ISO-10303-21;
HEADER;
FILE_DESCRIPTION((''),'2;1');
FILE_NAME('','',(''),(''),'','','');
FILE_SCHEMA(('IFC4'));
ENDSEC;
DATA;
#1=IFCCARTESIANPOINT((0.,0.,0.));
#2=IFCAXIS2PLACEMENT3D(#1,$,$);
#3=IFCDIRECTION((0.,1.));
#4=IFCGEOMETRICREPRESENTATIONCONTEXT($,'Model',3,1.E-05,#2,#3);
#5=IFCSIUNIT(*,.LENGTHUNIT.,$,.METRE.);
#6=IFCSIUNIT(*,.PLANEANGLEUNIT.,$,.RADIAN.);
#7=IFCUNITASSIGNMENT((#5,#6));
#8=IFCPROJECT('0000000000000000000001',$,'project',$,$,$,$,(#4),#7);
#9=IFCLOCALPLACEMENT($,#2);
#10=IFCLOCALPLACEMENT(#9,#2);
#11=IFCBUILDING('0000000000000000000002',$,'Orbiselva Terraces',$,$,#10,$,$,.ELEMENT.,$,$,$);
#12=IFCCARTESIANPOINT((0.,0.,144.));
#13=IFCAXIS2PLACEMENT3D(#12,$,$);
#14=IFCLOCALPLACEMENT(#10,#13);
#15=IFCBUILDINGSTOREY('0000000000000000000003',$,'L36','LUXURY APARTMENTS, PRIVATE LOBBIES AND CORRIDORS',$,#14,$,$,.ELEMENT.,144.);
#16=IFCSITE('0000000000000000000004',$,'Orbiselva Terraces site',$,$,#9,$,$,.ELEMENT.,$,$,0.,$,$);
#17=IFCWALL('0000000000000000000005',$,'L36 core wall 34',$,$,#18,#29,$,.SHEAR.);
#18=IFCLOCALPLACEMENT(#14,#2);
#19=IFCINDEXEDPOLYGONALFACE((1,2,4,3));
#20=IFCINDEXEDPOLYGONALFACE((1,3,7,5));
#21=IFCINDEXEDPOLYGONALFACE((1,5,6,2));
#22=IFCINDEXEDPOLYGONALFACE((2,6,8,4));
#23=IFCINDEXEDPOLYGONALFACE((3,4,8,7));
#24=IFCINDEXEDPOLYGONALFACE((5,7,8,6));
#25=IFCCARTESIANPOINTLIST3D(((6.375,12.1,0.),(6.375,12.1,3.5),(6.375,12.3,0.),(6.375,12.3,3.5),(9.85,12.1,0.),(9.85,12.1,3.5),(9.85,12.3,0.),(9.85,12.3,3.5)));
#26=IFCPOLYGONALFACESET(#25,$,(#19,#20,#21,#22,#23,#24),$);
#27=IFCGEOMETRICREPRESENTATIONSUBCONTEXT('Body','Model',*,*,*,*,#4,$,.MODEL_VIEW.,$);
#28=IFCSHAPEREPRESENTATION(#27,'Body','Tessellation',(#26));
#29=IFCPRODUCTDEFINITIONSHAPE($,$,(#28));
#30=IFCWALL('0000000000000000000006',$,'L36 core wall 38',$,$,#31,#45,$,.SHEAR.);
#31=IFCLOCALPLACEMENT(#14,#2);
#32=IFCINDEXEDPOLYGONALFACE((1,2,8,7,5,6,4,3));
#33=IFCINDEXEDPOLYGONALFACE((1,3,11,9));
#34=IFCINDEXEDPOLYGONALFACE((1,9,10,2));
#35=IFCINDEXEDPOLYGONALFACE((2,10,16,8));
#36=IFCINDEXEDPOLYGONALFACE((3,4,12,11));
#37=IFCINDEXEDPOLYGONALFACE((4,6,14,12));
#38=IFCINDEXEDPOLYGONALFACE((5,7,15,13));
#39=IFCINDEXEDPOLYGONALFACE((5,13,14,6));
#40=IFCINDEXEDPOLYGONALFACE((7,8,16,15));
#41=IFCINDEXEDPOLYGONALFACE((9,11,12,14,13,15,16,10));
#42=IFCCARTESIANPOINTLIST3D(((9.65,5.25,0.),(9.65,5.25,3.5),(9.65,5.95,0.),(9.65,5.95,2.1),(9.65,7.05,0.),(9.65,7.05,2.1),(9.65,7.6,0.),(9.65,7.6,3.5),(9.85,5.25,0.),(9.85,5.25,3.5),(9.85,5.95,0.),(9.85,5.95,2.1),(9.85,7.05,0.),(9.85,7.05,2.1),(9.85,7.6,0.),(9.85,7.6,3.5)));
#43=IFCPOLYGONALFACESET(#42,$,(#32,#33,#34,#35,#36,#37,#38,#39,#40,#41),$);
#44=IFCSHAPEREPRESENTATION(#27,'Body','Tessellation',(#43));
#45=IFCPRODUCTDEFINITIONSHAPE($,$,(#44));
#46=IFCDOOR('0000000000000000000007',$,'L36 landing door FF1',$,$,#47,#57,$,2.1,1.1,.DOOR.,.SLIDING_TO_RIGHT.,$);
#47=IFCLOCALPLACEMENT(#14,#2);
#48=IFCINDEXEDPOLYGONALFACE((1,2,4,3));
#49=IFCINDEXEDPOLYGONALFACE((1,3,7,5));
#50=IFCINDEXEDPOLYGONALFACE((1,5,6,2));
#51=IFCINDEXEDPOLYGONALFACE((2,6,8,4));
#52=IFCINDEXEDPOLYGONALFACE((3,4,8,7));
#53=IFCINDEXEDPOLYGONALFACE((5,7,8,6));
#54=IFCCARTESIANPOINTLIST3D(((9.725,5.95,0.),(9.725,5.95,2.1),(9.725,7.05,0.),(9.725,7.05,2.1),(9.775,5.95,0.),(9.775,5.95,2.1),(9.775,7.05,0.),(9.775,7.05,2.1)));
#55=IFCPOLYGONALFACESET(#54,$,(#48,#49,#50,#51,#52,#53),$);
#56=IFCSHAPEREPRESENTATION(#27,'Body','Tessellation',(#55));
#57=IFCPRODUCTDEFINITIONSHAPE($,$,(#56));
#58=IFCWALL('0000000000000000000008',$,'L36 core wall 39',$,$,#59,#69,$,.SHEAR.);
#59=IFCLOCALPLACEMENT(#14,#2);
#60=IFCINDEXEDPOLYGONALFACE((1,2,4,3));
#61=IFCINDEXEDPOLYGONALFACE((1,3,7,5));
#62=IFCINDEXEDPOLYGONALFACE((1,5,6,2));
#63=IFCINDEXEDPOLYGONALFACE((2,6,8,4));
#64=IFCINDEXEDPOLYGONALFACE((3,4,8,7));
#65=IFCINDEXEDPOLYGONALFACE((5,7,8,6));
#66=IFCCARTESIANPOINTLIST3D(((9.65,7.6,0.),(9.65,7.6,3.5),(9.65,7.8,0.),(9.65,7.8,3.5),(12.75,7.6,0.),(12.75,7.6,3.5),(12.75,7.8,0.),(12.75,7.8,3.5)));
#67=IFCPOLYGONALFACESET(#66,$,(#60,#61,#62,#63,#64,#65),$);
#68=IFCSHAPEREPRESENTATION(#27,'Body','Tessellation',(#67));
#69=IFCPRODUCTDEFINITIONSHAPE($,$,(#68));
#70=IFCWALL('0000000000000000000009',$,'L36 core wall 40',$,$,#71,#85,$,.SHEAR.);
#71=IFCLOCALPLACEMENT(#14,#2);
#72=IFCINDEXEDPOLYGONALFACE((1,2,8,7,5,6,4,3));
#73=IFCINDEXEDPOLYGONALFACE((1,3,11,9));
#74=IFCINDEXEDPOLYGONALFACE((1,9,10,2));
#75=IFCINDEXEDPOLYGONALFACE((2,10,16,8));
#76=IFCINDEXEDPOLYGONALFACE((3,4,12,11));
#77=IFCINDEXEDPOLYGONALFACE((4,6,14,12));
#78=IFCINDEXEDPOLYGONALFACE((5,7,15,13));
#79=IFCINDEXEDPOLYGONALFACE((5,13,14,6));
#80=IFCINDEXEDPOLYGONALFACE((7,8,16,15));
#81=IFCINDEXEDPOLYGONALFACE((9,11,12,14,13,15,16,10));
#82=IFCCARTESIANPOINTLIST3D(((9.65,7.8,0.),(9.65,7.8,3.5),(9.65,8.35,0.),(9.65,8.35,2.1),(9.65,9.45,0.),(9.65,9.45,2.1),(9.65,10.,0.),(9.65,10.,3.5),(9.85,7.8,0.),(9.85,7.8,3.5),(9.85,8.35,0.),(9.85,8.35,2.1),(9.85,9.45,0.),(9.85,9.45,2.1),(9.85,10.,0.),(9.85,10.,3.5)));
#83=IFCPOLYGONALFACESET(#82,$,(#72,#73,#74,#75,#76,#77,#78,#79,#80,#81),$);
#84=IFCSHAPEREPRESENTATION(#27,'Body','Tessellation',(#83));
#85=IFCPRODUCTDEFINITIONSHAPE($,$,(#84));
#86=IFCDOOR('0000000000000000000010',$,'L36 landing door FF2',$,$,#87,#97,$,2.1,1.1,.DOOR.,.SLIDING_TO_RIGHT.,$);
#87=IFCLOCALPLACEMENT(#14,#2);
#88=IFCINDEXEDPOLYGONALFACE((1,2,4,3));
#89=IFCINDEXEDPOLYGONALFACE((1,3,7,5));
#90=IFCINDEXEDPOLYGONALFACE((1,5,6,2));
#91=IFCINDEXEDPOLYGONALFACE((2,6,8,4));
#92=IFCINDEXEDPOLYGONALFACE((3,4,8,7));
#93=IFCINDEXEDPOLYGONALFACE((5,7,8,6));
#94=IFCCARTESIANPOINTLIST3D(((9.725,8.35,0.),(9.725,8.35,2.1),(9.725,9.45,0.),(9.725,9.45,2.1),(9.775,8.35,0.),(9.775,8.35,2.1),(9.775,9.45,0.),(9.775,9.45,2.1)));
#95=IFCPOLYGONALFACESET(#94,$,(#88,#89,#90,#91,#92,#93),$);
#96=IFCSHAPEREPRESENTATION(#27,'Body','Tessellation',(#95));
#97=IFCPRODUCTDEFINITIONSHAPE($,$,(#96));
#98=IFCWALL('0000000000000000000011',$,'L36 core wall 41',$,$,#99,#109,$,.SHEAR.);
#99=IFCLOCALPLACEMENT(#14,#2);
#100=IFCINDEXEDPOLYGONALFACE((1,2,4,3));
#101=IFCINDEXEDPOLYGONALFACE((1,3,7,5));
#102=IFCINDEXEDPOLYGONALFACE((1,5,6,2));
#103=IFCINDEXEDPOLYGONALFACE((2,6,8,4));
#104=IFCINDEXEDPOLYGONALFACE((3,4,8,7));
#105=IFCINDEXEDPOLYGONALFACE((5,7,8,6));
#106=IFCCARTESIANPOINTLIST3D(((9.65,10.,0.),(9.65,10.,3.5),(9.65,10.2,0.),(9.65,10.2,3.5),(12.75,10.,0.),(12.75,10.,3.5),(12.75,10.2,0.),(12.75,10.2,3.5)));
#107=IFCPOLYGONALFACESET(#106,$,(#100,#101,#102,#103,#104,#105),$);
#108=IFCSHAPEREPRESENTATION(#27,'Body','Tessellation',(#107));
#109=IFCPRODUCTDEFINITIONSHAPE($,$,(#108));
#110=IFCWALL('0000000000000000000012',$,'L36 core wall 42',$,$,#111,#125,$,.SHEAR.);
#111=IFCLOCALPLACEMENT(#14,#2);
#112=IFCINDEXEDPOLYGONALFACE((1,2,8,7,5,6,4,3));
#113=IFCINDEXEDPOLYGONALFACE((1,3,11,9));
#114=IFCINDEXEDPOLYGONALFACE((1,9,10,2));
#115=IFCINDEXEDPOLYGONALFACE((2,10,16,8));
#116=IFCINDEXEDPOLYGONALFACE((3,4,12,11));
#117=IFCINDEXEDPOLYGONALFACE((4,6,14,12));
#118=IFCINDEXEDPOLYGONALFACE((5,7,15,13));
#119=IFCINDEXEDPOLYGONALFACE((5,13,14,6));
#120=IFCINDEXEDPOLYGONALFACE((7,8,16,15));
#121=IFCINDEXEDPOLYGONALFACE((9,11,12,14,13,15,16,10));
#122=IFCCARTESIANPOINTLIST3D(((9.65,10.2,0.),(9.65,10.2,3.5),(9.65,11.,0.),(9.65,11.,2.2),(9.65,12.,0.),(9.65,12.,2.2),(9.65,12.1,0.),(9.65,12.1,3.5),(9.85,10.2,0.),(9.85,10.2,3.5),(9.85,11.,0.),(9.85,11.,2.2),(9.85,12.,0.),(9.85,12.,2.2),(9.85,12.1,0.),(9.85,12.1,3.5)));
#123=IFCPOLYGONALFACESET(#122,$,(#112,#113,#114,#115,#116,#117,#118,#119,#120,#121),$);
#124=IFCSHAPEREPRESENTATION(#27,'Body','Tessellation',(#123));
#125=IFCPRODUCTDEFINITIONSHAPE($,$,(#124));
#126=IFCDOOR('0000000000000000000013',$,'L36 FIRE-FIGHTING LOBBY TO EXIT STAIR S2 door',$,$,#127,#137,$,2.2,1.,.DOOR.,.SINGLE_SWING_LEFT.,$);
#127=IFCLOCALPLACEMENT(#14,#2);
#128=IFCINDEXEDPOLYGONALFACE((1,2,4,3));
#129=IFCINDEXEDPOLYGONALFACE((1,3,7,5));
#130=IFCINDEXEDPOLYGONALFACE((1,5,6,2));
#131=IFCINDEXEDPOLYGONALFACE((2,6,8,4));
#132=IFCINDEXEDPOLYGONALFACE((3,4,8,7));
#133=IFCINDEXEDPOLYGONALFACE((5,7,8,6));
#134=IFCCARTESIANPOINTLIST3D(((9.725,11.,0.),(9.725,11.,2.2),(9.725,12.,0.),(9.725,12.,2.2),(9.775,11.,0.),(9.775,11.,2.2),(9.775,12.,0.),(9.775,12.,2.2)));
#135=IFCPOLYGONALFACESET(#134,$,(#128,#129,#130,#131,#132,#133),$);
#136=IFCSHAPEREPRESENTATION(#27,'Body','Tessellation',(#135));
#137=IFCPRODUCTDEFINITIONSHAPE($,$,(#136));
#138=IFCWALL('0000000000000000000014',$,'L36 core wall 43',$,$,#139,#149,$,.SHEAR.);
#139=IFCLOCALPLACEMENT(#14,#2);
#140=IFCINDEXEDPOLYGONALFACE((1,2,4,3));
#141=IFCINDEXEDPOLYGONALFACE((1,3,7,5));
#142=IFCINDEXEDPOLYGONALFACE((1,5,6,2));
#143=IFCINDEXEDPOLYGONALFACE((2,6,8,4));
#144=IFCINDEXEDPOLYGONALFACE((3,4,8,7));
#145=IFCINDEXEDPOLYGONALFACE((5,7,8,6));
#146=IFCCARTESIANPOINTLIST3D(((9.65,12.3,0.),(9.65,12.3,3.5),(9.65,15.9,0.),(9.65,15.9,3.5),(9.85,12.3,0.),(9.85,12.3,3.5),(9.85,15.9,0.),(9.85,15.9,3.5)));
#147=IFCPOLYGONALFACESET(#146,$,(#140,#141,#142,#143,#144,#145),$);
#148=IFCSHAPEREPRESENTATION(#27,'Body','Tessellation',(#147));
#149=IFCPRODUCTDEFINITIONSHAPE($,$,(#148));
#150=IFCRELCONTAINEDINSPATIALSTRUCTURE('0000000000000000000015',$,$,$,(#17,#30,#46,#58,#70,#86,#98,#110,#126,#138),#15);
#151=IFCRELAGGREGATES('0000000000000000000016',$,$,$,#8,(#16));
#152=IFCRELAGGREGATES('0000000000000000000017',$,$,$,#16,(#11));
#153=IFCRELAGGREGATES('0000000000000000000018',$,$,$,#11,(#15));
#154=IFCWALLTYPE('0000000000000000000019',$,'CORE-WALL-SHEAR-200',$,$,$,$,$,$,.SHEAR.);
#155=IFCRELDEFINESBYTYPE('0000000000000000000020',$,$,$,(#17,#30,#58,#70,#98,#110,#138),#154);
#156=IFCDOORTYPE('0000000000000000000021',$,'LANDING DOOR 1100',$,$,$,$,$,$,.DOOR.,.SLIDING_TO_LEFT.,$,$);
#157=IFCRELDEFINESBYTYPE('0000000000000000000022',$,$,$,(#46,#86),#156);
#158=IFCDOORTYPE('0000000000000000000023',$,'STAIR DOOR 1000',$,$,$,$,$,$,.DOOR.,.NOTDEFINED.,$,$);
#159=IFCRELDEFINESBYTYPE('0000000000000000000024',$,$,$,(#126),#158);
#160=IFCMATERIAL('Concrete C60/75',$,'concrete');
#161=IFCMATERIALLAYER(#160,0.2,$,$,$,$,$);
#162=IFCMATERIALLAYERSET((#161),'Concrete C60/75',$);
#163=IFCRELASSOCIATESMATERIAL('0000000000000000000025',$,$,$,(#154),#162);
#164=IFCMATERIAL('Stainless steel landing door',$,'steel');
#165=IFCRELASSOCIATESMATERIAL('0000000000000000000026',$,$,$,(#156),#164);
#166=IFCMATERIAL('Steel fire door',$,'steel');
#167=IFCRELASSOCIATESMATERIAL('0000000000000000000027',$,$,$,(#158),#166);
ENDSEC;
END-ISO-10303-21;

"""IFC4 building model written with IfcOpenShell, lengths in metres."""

from ifc_helpers import new_model, si_unit, direction, frame, frame_2d, origin, place, context, subcontext, project, spatial, rectangle, extrude, material, layer, layer_set, type_object, element, fill, save


model = new_model("IFC4")

# Units and contexts
model_context = context("Model", 3, precision=1e-05, world=origin(), true_north=direction((0.0, 1.0)))
body_context = subcontext(model_context, "Body", "Model", "MODEL_VIEW")
ifc_project = project(units=[si_unit("LENGTHUNIT", "METRE"), si_unit("PLANEANGLEUNIT", "RADIAN")], contexts=[model_context])

# Site, building, storey
site_placement = place(None, origin())
site = spatial("IfcSite", under=ifc_project, at=site_placement, Name="Orbiselva Terraces site", CompositionType="ELEMENT", RefElevation=0.0)
building_placement = place(site_placement, origin())
building = spatial("IfcBuilding", under=site, at=building_placement, Name="Orbiselva Terraces", CompositionType="ELEMENT")
storey_placement = place(building_placement, frame((0.0, 0.0, 144.0)))
storey = spatial("IfcBuildingStorey", under=building, at=storey_placement, Name="L36", Description="LUXURY APARTMENTS, PRIVATE LOBBIES AND CORRIDORS", CompositionType="ELEMENT", Elevation=144.0)

# Shared definitions
ifc_material_1 = material(Name="Steel fire door", Category="steel")

# Shared definitions
ifc_material_2 = material(Name="Concrete C60/75", Category="concrete")
ifc_layer_1 = layer(ifc_material_2, 0.2)
ifc_layer_set_1 = layer_set([ifc_layer_1], Name="Concrete C60/75")
wall_type_1 = type_object("IfcWallType", Name="CORE-WALL-SHEAR-200", PredefinedType="SHEAR", material=ifc_layer_set_1)

# Wall
wall_1_placement = place(storey_placement, frame((6.375, 12.2, 0.0), z_axis=(0.0, 0.0, 1.0), x_axis=(1.0, 0.0, 0.0)))
element("IfcWall", 1, at=wall_1_placement, inside=storey, type_object=wall_type_1, Name="L36 core wall 34", PredefinedType="SHEAR", context=body_context, shape_type="SweptSolid", body=[
    extrude(rectangle(XDim=3.475, YDim=0.2, at=frame_2d((1.7375, 0.0))), origin(), (0.0, 0.0, 1.0), 3.5),
])

# Wall, opening, door
wall_2_placement = place(storey_placement, frame((9.75, 5.25, 0.0), z_axis=(0.0, 0.0, 1.0), x_axis=(0.0, 1.0, 0.0)))
wall_2 = element("IfcWall", 2, at=wall_2_placement, inside=storey, type_object=wall_type_1, Name="L36 core wall 38", PredefinedType="SHEAR", context=body_context, shape_type="SweptSolid", body=[
    extrude(rectangle(XDim=2.35, YDim=0.2, at=frame_2d((1.175, 0.0))), origin(), (0.0, 0.0, 1.0), 3.5),
])
opening_1_placement = place(wall_2_placement, frame((0.7, 0.0, 0.0)))
opening_1 = element("IfcOpeningElement", 3, at=opening_1_placement, cuts=wall_2, PredefinedType="OPENING", context=body_context, shape_type="SweptSolid", body=[
    extrude(rectangle(XDim=1.1, YDim=2.1, at=frame_2d((0.55, 1.05))), frame((0.0, 0.11, 0.0), z_axis=(0.0, -1.0, 0.0), x_axis=(1.0, 0.0, 0.0)), (0.0, 0.0, 1.0), 0.22),
])
ifc_material_3 = material(Name="Stainless steel landing door", Category="steel")
door_type_1 = type_object("IfcDoorType", Name="LANDING DOOR 1100", OperationType="SLIDING_TO_LEFT", PredefinedType="DOOR", material=ifc_material_3)
door_1_placement = place(opening_1_placement, origin())
door_1 = element("IfcDoor", 4, at=door_1_placement, inside=storey, type_object=door_type_1, Name="L36 landing door FF1", OperationType="SLIDING_TO_RIGHT", OverallHeight=2.1, OverallWidth=1.1, PredefinedType="DOOR", context=body_context, shape_type="SweptSolid", body=[
    extrude(rectangle(XDim=1.1, YDim=2.1, at=frame_2d((0.55, 1.05))), frame((0.0, 0.025, 0.0), z_axis=(0.0, -1.0, 0.0), x_axis=(1.0, 0.0, 0.0)), (0.0, 0.0, 1.0), 0.05),
])
fill(opening_1, door_1)

# Wall
wall_3_placement = place(storey_placement, frame((9.65, 7.7, 0.0), z_axis=(0.0, 0.0, 1.0), x_axis=(1.0, 0.0, 0.0)))
element("IfcWall", 5, at=wall_3_placement, inside=storey, type_object=wall_type_1, Name="L36 core wall 39", PredefinedType="SHEAR", context=body_context, shape_type="SweptSolid", body=[
    extrude(rectangle(XDim=3.1, YDim=0.2, at=frame_2d((1.55, 0.0))), origin(), (0.0, 0.0, 1.0), 3.5),
])

# Wall, opening, door
wall_4_placement = place(storey_placement, frame((9.75, 7.8, 0.0), z_axis=(0.0, 0.0, 1.0), x_axis=(0.0, 1.0, 0.0)))
wall_4 = element("IfcWall", 6, at=wall_4_placement, inside=storey, type_object=wall_type_1, Name="L36 core wall 40", PredefinedType="SHEAR", context=body_context, shape_type="SweptSolid", body=[
    extrude(rectangle(XDim=2.2, YDim=0.2, at=frame_2d((1.1, 0.0))), origin(), (0.0, 0.0, 1.0), 3.5),
])
opening_2_placement = place(wall_4_placement, frame((0.55, 0.0, 0.0)))
opening_2 = element("IfcOpeningElement", 7, at=opening_2_placement, cuts=wall_4, PredefinedType="OPENING", context=body_context, shape_type="SweptSolid", body=[
    extrude(rectangle(XDim=1.1, YDim=2.1, at=frame_2d((0.55, 1.05))), frame((0.0, 0.11, 0.0), z_axis=(0.0, -1.0, 0.0), x_axis=(1.0, 0.0, 0.0)), (0.0, 0.0, 1.0), 0.22),
])
door_2_placement = place(opening_2_placement, origin())
door_2 = element("IfcDoor", 8, at=door_2_placement, inside=storey, type_object=door_type_1, Name="L36 landing door FF2", OperationType="SLIDING_TO_RIGHT", OverallHeight=2.1, OverallWidth=1.1, PredefinedType="DOOR", context=body_context, shape_type="SweptSolid", body=[
    extrude(rectangle(XDim=1.1, YDim=2.1, at=frame_2d((0.55, 1.05))), frame((0.0, 0.025, 0.0), z_axis=(0.0, -1.0, 0.0), x_axis=(1.0, 0.0, 0.0)), (0.0, 0.0, 1.0), 0.05),
])
fill(opening_2, door_2)

# Wall
wall_5_placement = place(storey_placement, frame((9.65, 10.1, 0.0), z_axis=(0.0, 0.0, 1.0), x_axis=(1.0, 0.0, 0.0)))
element("IfcWall", 9, at=wall_5_placement, inside=storey, type_object=wall_type_1, Name="L36 core wall 41", PredefinedType="SHEAR", context=body_context, shape_type="SweptSolid", body=[
    extrude(rectangle(XDim=3.1, YDim=0.2, at=frame_2d((1.55, 0.0))), origin(), (0.0, 0.0, 1.0), 3.5),
])

# Wall, opening, door
wall_6_placement = place(storey_placement, frame((9.75, 12.1, 0.0), z_axis=(0.0, 0.0, 1.0), x_axis=(0.0, -1.0, 0.0)))
wall_6 = element("IfcWall", 10, at=wall_6_placement, inside=storey, type_object=wall_type_1, Name="L36 core wall 42", PredefinedType="SHEAR", context=body_context, shape_type="SweptSolid", body=[
    extrude(rectangle(XDim=1.9, YDim=0.2, at=frame_2d((0.95, 0.0))), origin(), (0.0, 0.0, 1.0), 3.5),
])
opening_3_placement = place(wall_6_placement, frame((0.1, 0.0, 0.0)))
opening_3 = element("IfcOpeningElement", 11, at=opening_3_placement, cuts=wall_6, PredefinedType="OPENING", context=body_context, shape_type="SweptSolid", body=[
    extrude(rectangle(XDim=1.0, YDim=2.2, at=frame_2d((0.5, 1.1))), frame((0.0, 0.11, 0.0), z_axis=(0.0, -1.0, 0.0), x_axis=(1.0, 0.0, 0.0)), (0.0, 0.0, 1.0), 0.22),
])
door_type_2 = type_object("IfcDoorType", Name="STAIR DOOR 1000", OperationType="NOTDEFINED", PredefinedType="DOOR", material=ifc_material_1)
door_3_placement = place(opening_3_placement, origin())
door_3 = element("IfcDoor", 12, at=door_3_placement, inside=storey, type_object=door_type_2, Name="L36 FIRE-FIGHTING LOBBY TO EXIT STAIR S2 door", OperationType="SINGLE_SWING_LEFT", OverallHeight=2.2, OverallWidth=1.0, PredefinedType="DOOR", context=body_context, shape_type="SweptSolid", body=[
    extrude(rectangle(XDim=1.0, YDim=2.2, at=frame_2d((0.5, 1.1))), frame((0.0, 0.025, 0.0), z_axis=(0.0, -1.0, 0.0), x_axis=(1.0, 0.0, 0.0)), (0.0, 0.0, 1.0), 0.05),
])
fill(opening_3, door_3)

# Wall
wall_7_placement = place(storey_placement, frame((9.75, 12.3, 0.0), z_axis=(0.0, 0.0, 1.0), x_axis=(0.0, 1.0, 0.0)))
element("IfcWall", 13, at=wall_7_placement, inside=storey, type_object=wall_type_1, Name="L36 core wall 43", PredefinedType="SHEAR", context=body_context, shape_type="SweptSolid", body=[
    extrude(rectangle(XDim=3.6, YDim=0.2, at=frame_2d((1.8, 0.0))), origin(), (0.0, 0.0, 1.0), 3.5),
])

save(model, "model.ifc")
